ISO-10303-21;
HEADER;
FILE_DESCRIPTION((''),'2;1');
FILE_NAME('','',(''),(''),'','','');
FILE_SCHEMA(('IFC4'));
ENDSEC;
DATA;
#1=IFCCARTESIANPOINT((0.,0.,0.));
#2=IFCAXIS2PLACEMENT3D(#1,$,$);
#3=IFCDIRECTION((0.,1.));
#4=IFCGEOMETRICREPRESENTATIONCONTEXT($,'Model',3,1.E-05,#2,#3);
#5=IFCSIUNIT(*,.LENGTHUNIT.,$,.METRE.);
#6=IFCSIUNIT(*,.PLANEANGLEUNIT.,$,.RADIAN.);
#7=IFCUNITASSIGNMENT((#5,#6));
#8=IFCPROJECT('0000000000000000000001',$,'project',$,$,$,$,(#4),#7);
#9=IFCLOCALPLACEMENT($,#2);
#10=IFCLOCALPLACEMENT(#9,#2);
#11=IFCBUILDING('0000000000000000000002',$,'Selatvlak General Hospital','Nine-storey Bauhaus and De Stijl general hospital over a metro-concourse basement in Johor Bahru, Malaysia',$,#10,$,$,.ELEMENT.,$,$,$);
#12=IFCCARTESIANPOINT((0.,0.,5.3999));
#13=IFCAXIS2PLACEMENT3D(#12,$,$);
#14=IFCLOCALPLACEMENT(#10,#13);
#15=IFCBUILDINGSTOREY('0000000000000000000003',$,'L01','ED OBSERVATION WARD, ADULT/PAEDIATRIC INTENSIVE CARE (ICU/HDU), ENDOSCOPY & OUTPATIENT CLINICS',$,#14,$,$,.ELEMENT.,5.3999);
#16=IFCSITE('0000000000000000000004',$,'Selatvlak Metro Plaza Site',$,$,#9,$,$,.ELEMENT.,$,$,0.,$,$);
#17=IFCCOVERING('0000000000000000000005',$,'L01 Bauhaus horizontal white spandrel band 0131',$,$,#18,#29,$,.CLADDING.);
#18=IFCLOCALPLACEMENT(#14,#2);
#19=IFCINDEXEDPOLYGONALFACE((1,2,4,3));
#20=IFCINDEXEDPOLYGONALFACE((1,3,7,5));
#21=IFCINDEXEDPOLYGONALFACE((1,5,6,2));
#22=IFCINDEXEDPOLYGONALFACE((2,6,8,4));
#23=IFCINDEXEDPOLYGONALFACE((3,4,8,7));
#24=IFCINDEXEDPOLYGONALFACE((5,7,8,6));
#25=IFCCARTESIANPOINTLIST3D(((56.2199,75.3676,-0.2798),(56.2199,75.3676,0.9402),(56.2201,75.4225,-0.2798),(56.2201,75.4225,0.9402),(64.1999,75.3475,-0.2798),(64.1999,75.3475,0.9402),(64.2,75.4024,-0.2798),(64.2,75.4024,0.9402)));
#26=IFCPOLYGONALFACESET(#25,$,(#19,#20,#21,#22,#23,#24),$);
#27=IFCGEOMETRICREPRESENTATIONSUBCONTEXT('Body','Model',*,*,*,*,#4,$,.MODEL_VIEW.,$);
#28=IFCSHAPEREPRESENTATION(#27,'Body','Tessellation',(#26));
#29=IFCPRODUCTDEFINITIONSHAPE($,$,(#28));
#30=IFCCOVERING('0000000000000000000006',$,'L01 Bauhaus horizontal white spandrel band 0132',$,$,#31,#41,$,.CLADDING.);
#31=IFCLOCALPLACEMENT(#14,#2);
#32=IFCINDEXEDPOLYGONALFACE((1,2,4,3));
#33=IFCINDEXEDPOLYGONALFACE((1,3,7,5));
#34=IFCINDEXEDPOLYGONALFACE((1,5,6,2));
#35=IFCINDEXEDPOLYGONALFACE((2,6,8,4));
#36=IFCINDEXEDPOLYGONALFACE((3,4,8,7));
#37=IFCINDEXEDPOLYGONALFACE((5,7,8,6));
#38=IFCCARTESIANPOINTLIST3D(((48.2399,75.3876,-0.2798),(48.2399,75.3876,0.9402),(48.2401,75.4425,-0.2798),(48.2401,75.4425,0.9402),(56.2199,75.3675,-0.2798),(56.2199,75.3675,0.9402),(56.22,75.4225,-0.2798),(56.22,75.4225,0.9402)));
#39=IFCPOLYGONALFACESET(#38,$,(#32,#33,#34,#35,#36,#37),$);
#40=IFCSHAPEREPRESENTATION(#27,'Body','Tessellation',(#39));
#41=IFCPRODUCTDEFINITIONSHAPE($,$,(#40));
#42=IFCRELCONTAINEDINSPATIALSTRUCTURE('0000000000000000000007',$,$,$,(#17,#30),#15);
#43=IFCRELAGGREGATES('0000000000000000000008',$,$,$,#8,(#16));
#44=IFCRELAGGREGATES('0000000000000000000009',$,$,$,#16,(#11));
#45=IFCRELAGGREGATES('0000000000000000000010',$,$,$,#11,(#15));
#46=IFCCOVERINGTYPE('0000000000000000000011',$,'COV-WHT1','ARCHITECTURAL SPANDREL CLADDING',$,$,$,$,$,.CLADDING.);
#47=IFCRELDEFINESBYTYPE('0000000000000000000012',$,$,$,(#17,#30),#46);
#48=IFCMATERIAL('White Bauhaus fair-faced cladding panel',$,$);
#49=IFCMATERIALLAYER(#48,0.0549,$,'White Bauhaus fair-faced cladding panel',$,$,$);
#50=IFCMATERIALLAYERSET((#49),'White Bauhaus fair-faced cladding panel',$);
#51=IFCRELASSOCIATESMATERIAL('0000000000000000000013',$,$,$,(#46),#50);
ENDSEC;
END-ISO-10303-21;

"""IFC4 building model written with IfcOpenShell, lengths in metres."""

from ifc_helpers import new_model, si_unit, direction, frame, origin, origin_2d, place, context, subcontext, project, spatial, rectangle, extrude, material, layer, layer_set, type_object, element, save


model = new_model("IFC4")

# Units and contexts
model_context = context("Model", 3, precision=1e-05, world=origin(), true_north=direction((0.0, 1.0)))
body_context = subcontext(model_context, "Body", "Model", "MODEL_VIEW")
ifc_project = project(units=[si_unit("LENGTHUNIT", "METRE"), si_unit("PLANEANGLEUNIT", "RADIAN")], contexts=[model_context])

# Site, building, storey
site_placement = place(None, origin())
site = spatial("IfcSite", under=ifc_project, at=site_placement, Name="Selatvlak Metro Plaza Site", CompositionType="ELEMENT", RefElevation=0.0)
building_placement = place(site_placement, origin())
building = spatial("IfcBuilding", under=site, at=building_placement, Name="Selatvlak General Hospital", Description="Nine-storey Bauhaus and De Stijl general hospital over a metro-concourse basement in Johor Bahru, Malaysia", CompositionType="ELEMENT")
storey_placement = place(building_placement, frame((0.0, 0.0, 5.3999)))
storey = spatial("IfcBuildingStorey", under=building, at=storey_placement, Name="L01", Description="ED OBSERVATION WARD, ADULT/PAEDIATRIC INTENSIVE CARE (ICU/HDU), ENDOSCOPY & OUTPATIENT CLINICS", CompositionType="ELEMENT", Elevation=5.3999)

# Coverings
ifc_material_1 = material(Name="White Bauhaus fair-faced cladding panel")
ifc_layer_1 = layer(ifc_material_1, 0.0549, Name="White Bauhaus fair-faced cladding panel")
ifc_layer_set_1 = layer_set([ifc_layer_1], Name="White Bauhaus fair-faced cladding panel")
covering_type = type_object("IfcCoveringType", Name="COV-WHT1", Description="ARCHITECTURAL SPANDREL CLADDING", PredefinedType="CLADDING", material=ifc_layer_set_1)
for number, where, z_axis, x_axis, name in (
    (1, (60.21, 75.385, -0.2798), (0.0, 0.0, 1.0), (-0.999997, 0.002513, 0.0), "L01 Bauhaus horizontal white spandrel band 0131"),
    (2, (52.23, 75.405, -0.2798), (0.0, 0.0, 1.0), (-0.999997, 0.002513, 0.0), "L01 Bauhaus horizontal white spandrel band 0132"),
):
    element("IfcCovering", number, at=place(storey_placement, frame(where, z_axis=z_axis, x_axis=x_axis)), inside=storey, type_object=covering_type, Name=name, PredefinedType="CLADDING", context=body_context, shape_type="SweptSolid", body=[
        extrude(rectangle(XDim=7.98, YDim=0.0549, at=origin_2d()), origin(), (0.0, 0.0, 1.0), 1.22),
    ])

save(model, "model.ifc")
